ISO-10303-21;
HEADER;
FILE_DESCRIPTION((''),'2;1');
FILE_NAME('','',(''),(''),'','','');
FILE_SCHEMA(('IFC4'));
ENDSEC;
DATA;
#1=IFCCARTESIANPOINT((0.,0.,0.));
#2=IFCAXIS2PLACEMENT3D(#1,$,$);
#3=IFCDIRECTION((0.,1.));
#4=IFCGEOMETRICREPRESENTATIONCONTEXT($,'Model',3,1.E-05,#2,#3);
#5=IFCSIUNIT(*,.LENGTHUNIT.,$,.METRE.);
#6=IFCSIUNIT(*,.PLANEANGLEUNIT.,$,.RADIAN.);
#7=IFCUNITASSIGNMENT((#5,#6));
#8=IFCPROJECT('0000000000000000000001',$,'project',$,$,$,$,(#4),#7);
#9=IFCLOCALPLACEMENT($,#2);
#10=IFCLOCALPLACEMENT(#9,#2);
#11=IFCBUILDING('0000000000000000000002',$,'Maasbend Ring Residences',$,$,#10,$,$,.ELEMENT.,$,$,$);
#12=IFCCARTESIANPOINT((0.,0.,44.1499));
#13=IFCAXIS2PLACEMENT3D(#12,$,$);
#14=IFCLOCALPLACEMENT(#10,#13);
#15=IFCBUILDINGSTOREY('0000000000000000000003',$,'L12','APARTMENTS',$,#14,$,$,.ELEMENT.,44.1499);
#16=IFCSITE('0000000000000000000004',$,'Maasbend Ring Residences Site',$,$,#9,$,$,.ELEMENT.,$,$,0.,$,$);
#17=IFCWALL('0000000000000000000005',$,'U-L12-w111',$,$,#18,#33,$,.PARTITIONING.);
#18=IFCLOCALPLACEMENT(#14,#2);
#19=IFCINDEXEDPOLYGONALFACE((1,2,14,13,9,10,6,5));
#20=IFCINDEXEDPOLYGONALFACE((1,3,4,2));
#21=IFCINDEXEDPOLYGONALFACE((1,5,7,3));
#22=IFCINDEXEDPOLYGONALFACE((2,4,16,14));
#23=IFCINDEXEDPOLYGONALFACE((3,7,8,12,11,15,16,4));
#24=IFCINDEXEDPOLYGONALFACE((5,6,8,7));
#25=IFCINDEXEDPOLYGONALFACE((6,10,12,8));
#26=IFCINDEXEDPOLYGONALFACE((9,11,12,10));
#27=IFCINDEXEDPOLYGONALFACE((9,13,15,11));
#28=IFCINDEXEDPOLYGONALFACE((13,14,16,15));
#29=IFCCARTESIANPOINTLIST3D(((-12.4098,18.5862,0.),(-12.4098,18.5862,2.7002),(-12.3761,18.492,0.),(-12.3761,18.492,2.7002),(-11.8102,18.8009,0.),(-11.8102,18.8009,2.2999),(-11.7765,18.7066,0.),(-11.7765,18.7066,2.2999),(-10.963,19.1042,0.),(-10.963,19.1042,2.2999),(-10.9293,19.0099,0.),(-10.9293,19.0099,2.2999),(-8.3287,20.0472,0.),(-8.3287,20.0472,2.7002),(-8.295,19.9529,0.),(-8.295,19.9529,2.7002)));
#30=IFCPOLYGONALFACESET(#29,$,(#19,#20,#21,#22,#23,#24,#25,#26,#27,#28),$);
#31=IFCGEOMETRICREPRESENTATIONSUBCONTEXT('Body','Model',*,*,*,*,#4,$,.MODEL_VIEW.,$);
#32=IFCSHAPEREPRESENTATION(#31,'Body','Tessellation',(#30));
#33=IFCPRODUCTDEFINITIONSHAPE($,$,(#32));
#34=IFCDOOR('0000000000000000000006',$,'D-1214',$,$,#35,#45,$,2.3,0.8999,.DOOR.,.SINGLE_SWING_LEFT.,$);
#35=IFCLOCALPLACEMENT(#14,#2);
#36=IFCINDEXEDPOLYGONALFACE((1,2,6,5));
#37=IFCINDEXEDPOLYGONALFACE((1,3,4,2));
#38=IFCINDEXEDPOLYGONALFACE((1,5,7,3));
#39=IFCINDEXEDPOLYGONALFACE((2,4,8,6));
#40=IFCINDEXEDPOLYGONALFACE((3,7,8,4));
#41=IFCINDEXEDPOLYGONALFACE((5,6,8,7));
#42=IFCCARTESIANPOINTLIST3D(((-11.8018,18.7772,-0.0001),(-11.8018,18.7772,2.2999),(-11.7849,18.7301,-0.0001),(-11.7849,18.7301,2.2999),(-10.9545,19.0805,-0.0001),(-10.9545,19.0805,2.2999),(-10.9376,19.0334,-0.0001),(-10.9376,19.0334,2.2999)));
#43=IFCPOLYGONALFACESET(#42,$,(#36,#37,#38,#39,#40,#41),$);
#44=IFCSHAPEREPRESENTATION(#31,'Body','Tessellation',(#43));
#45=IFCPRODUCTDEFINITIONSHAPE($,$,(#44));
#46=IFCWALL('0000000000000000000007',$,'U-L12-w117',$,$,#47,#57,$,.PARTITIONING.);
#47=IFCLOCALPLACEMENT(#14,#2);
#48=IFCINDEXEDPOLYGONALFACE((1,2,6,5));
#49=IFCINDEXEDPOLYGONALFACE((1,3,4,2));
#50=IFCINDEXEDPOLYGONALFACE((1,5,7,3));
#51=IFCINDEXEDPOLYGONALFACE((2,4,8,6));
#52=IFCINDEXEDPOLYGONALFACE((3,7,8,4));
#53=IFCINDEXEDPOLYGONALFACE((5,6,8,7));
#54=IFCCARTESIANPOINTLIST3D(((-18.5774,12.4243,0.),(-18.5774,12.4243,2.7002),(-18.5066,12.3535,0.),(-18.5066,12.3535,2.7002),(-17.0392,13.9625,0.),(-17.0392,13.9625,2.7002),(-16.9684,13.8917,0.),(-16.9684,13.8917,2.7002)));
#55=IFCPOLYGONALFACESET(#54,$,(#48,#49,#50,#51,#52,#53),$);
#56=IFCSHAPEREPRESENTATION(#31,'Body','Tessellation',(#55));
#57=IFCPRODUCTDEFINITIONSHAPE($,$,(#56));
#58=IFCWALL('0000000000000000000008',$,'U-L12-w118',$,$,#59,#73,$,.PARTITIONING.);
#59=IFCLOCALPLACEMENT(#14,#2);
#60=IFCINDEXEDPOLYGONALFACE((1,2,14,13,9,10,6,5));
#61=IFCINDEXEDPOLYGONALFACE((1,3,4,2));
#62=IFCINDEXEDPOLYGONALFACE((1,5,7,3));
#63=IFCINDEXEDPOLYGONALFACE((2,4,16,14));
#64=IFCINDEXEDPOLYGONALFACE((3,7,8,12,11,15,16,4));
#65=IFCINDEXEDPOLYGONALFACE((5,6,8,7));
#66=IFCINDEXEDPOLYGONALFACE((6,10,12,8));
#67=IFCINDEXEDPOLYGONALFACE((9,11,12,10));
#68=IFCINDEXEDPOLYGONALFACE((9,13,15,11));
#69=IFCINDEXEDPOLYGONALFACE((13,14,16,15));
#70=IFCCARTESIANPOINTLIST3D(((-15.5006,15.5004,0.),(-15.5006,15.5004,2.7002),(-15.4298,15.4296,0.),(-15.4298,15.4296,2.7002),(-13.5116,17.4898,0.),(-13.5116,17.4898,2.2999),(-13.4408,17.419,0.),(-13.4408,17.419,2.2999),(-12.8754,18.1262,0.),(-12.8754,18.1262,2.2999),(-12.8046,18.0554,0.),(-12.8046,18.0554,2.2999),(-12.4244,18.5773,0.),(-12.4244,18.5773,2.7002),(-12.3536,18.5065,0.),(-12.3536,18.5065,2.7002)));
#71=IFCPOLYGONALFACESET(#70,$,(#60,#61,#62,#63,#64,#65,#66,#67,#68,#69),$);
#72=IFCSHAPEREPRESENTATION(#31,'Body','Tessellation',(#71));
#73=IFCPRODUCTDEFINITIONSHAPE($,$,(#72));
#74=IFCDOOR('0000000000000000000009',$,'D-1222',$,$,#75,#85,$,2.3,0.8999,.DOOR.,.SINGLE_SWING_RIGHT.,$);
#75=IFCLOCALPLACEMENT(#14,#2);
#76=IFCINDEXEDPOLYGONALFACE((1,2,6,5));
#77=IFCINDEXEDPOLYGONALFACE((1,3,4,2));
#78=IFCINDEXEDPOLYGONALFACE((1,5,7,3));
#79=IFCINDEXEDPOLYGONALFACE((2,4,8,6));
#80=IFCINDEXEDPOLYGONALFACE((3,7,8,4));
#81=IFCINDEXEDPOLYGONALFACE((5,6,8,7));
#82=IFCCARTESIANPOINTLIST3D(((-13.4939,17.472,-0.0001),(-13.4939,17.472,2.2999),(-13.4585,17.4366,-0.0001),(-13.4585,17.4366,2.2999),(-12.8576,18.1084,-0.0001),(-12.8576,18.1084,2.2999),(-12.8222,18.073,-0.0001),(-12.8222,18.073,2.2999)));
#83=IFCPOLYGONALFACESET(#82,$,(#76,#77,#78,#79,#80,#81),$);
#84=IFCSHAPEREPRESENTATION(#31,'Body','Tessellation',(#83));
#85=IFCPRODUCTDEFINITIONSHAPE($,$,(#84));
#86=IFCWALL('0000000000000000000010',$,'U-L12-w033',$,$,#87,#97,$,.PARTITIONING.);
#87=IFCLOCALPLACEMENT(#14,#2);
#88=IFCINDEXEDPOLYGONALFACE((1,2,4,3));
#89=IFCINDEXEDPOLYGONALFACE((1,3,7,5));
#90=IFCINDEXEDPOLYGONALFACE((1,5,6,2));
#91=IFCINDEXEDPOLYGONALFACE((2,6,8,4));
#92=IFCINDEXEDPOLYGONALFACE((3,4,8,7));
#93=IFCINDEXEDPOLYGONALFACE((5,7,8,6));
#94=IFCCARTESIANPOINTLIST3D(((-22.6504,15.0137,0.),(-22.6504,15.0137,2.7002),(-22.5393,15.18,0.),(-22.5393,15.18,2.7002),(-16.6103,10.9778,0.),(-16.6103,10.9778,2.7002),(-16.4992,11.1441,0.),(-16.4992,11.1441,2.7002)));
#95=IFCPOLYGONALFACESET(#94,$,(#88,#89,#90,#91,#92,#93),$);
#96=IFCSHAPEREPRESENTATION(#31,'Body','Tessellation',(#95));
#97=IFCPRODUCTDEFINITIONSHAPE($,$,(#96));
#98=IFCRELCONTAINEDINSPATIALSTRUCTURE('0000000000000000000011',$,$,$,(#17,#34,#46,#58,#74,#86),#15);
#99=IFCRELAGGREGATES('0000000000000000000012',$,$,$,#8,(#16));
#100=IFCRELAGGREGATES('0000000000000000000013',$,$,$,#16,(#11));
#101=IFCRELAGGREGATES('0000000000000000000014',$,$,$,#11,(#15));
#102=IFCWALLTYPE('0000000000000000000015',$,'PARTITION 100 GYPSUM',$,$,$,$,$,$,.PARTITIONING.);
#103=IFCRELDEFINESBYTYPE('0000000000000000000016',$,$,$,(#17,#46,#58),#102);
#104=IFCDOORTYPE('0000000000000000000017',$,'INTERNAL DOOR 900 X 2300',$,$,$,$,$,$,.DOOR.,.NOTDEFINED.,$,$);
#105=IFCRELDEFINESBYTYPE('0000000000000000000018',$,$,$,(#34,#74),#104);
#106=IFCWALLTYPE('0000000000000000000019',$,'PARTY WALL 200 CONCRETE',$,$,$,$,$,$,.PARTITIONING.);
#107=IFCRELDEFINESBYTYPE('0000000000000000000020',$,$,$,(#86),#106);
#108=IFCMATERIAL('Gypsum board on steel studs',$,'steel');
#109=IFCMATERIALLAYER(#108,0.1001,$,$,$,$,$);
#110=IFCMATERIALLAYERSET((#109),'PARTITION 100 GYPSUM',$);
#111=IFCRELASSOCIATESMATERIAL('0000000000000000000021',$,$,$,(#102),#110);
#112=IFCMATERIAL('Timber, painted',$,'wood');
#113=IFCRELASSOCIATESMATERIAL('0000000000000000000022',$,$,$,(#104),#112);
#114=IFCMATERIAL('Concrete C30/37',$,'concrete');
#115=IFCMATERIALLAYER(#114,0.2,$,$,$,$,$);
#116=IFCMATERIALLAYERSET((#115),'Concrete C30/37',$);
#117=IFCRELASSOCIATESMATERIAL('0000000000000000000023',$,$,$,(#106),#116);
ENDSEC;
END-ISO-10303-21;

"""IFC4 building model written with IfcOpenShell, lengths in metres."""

from ifc_helpers import new_model, si_unit, direction, frame, frame_2d, origin, place, context, subcontext, project, spatial, rectangle, extrude, material, layer, layer_set, type_object, element, fill, save


model = new_model("IFC4")

# Units and contexts
model_context = context("Model", 3, precision=1e-05, world=origin(), true_north=direction((0.0, 1.0)))
body_context = subcontext(model_context, "Body", "Model", "MODEL_VIEW")
ifc_project = project(units=[si_unit("LENGTHUNIT", "METRE"), si_unit("PLANEANGLEUNIT", "RADIAN")], contexts=[model_context])

# Site, building, storey
site_placement = place(None, origin())
site = spatial("IfcSite", under=ifc_project, at=site_placement, Name="Maasbend Ring Residences Site", CompositionType="ELEMENT", RefElevation=0.0)
building_placement = place(site_placement, origin())
building = spatial("IfcBuilding", under=site, at=building_placement, Name="Maasbend Ring Residences", CompositionType="ELEMENT")
storey_placement = place(building_placement, frame((0.0, 0.0, 44.1499)))
storey = spatial("IfcBuildingStorey", under=building, at=storey_placement, Name="L12", Description="APARTMENTS", CompositionType="ELEMENT", Elevation=44.1499)

# Wall, opening, door
ifc_material_1 = material(Name="Gypsum board on steel studs", Category="steel")
ifc_layer_1 = layer(ifc_material_1, 0.1001)
ifc_layer_set_1 = layer_set([ifc_layer_1], Name="PARTITION 100 GYPSUM")
wall_type_1 = type_object("IfcWallType", Name="PARTITION 100 GYPSUM", PredefinedType="PARTITIONING", material=ifc_layer_set_1)
ifc_material_2 = material(Name="Timber, painted", Category="wood")
door_type = type_object("IfcDoorType", Name="INTERNAL DOOR 900 X 2300", OperationType="NOTDEFINED", PredefinedType="DOOR", material=ifc_material_2)
wall_1_placement = place(storey_placement, frame((-12.3931, 18.5391, 0.0), z_axis=(0.0, 0.0, 1.0), x_axis=(0.941492, 0.337036, 0.0)))
wall_1 = element("IfcWall", 1, at=wall_1_placement, inside=storey, type_object=wall_type_1, Name="U-L12-w111", PredefinedType="PARTITIONING", context=body_context, shape_type="SweptSolid", body=[
    extrude(rectangle(XDim=4.3347, YDim=0.1001, at=frame_2d((2.1675, 0.0))), origin(), (0.0, 0.0, 1.0), 2.7002),
])
opening_1_placement = place(wall_1_placement, frame((0.637, 0.0, 0.0)))
opening_1 = element("IfcOpeningElement", 2, at=opening_1_placement, cuts=wall_1, PredefinedType="OPENING", context=body_context, shape_type="SweptSolid", body=[
    extrude(rectangle(XDim=0.8999, YDim=2.3, at=frame_2d((0.45, 1.1499))), frame((0.0, 0.0601, 0.0), z_axis=(0.0, -1.0, 0.0), x_axis=(1.0, 0.0, 0.0)), (0.0, 0.0, 1.0), 0.1201),
])
door_1_placement = place(opening_1_placement, origin())
door_1 = element("IfcDoor", 3, at=door_1_placement, inside=storey, type_object=door_type, Name="D-1214", OperationType="SINGLE_SWING_LEFT", OverallHeight=2.3, OverallWidth=0.8999, PredefinedType="DOOR", context=body_context, shape_type="SweptSolid", body=[
    extrude(rectangle(XDim=0.8999, YDim=2.3, at=frame_2d((0.45, 1.1499))), frame((0.0, 0.0249, 0.0), z_axis=(0.0, -1.0, 0.0), x_axis=(1.0, 0.0, 0.0)), (0.0, 0.0, 1.0), 0.05),
])
fill(opening_1, door_1)

# Wall
wall_2_placement = place(storey_placement, frame((-18.542, 12.3889, 0.0), z_axis=(0.0, 0.0, 1.0), x_axis=(0.707107, 0.707107, 0.0)))
element("IfcWall", 4, at=wall_2_placement, inside=storey, type_object=wall_type_1, Name="U-L12-w117", PredefinedType="PARTITIONING", context=body_context, shape_type="SweptSolid", body=[
    extrude(rectangle(XDim=2.1753, YDim=0.1001, at=frame_2d((1.0876, 0.0))), origin(), (0.0, 0.0, 1.0), 2.7002),
])

# Wall, opening, door
wall_3_placement = place(storey_placement, frame((-15.4651, 15.4651, 0.0), z_axis=(0.0, 0.0, 1.0), x_axis=(0.707023, 0.707191, 0.0)))
wall_3 = element("IfcWall", 5, at=wall_3_placement, inside=storey, type_object=wall_type_1, Name="U-L12-w118", PredefinedType="PARTITIONING", context=body_context, shape_type="SweptSolid", body=[
    extrude(rectangle(XDim=4.3508, YDim=0.1001, at=frame_2d((2.1753, 0.0))), origin(), (0.0, 0.0, 1.0), 2.7002),
])
opening_2_placement = place(wall_3_placement, frame((2.813, 0.0, 0.0)))
opening_2 = element("IfcOpeningElement", 6, at=opening_2_placement, cuts=wall_3, PredefinedType="OPENING", context=body_context, shape_type="SweptSolid", body=[
    extrude(rectangle(XDim=0.8999, YDim=2.3, at=frame_2d((0.45, 1.1499))), frame((0.0, 0.0601, 0.0), z_axis=(0.0, -1.0, 0.0), x_axis=(1.0, 0.0, 0.0)), (0.0, 0.0, 1.0), 0.1201),
])
door_2_placement = place(opening_2_placement, origin())
door_2 = element("IfcDoor", 7, at=door_2_placement, inside=storey, type_object=door_type, Name="D-1222", OperationType="SINGLE_SWING_RIGHT", OverallHeight=2.3, OverallWidth=0.8999, PredefinedType="DOOR", context=body_context, shape_type="SweptSolid", body=[
    extrude(rectangle(XDim=0.8999, YDim=2.3, at=frame_2d((0.45, 1.1499))), frame((0.0, 0.0249, 0.0), z_axis=(0.0, -1.0, 0.0), x_axis=(1.0, 0.0, 0.0)), (0.0, 0.0, 1.0), 0.05),
])
fill(opening_2, door_2)

# Wall
ifc_material_3 = material(Name="Concrete C30/37", Category="concrete")
ifc_layer_2 = layer(ifc_material_3, 0.2)
ifc_layer_set_2 = layer_set([ifc_layer_2], Name="Concrete C30/37")
wall_type_2 = type_object("IfcWallType", Name="PARTY WALL 200 CONCRETE", PredefinedType="PARTITIONING", material=ifc_layer_set_2)
wall_4_placement = place(storey_placement, frame((-22.595, 15.0969, 0.0), z_axis=(0.0, 0.0, 1.0), x_axis=(0.831466, -0.555576, 0.0)))
element("IfcWall", 8, at=wall_4_placement, inside=storey, type_object=wall_type_2, Name="U-L12-w033", PredefinedType="PARTITIONING", context=body_context, shape_type="SweptSolid", body=[
    extrude(rectangle(XDim=7.2644, YDim=0.2, at=frame_2d((3.6323, 0.0))), origin(), (0.0, 0.0, 1.0), 2.7002),
])

save(model, "model.ifc")
